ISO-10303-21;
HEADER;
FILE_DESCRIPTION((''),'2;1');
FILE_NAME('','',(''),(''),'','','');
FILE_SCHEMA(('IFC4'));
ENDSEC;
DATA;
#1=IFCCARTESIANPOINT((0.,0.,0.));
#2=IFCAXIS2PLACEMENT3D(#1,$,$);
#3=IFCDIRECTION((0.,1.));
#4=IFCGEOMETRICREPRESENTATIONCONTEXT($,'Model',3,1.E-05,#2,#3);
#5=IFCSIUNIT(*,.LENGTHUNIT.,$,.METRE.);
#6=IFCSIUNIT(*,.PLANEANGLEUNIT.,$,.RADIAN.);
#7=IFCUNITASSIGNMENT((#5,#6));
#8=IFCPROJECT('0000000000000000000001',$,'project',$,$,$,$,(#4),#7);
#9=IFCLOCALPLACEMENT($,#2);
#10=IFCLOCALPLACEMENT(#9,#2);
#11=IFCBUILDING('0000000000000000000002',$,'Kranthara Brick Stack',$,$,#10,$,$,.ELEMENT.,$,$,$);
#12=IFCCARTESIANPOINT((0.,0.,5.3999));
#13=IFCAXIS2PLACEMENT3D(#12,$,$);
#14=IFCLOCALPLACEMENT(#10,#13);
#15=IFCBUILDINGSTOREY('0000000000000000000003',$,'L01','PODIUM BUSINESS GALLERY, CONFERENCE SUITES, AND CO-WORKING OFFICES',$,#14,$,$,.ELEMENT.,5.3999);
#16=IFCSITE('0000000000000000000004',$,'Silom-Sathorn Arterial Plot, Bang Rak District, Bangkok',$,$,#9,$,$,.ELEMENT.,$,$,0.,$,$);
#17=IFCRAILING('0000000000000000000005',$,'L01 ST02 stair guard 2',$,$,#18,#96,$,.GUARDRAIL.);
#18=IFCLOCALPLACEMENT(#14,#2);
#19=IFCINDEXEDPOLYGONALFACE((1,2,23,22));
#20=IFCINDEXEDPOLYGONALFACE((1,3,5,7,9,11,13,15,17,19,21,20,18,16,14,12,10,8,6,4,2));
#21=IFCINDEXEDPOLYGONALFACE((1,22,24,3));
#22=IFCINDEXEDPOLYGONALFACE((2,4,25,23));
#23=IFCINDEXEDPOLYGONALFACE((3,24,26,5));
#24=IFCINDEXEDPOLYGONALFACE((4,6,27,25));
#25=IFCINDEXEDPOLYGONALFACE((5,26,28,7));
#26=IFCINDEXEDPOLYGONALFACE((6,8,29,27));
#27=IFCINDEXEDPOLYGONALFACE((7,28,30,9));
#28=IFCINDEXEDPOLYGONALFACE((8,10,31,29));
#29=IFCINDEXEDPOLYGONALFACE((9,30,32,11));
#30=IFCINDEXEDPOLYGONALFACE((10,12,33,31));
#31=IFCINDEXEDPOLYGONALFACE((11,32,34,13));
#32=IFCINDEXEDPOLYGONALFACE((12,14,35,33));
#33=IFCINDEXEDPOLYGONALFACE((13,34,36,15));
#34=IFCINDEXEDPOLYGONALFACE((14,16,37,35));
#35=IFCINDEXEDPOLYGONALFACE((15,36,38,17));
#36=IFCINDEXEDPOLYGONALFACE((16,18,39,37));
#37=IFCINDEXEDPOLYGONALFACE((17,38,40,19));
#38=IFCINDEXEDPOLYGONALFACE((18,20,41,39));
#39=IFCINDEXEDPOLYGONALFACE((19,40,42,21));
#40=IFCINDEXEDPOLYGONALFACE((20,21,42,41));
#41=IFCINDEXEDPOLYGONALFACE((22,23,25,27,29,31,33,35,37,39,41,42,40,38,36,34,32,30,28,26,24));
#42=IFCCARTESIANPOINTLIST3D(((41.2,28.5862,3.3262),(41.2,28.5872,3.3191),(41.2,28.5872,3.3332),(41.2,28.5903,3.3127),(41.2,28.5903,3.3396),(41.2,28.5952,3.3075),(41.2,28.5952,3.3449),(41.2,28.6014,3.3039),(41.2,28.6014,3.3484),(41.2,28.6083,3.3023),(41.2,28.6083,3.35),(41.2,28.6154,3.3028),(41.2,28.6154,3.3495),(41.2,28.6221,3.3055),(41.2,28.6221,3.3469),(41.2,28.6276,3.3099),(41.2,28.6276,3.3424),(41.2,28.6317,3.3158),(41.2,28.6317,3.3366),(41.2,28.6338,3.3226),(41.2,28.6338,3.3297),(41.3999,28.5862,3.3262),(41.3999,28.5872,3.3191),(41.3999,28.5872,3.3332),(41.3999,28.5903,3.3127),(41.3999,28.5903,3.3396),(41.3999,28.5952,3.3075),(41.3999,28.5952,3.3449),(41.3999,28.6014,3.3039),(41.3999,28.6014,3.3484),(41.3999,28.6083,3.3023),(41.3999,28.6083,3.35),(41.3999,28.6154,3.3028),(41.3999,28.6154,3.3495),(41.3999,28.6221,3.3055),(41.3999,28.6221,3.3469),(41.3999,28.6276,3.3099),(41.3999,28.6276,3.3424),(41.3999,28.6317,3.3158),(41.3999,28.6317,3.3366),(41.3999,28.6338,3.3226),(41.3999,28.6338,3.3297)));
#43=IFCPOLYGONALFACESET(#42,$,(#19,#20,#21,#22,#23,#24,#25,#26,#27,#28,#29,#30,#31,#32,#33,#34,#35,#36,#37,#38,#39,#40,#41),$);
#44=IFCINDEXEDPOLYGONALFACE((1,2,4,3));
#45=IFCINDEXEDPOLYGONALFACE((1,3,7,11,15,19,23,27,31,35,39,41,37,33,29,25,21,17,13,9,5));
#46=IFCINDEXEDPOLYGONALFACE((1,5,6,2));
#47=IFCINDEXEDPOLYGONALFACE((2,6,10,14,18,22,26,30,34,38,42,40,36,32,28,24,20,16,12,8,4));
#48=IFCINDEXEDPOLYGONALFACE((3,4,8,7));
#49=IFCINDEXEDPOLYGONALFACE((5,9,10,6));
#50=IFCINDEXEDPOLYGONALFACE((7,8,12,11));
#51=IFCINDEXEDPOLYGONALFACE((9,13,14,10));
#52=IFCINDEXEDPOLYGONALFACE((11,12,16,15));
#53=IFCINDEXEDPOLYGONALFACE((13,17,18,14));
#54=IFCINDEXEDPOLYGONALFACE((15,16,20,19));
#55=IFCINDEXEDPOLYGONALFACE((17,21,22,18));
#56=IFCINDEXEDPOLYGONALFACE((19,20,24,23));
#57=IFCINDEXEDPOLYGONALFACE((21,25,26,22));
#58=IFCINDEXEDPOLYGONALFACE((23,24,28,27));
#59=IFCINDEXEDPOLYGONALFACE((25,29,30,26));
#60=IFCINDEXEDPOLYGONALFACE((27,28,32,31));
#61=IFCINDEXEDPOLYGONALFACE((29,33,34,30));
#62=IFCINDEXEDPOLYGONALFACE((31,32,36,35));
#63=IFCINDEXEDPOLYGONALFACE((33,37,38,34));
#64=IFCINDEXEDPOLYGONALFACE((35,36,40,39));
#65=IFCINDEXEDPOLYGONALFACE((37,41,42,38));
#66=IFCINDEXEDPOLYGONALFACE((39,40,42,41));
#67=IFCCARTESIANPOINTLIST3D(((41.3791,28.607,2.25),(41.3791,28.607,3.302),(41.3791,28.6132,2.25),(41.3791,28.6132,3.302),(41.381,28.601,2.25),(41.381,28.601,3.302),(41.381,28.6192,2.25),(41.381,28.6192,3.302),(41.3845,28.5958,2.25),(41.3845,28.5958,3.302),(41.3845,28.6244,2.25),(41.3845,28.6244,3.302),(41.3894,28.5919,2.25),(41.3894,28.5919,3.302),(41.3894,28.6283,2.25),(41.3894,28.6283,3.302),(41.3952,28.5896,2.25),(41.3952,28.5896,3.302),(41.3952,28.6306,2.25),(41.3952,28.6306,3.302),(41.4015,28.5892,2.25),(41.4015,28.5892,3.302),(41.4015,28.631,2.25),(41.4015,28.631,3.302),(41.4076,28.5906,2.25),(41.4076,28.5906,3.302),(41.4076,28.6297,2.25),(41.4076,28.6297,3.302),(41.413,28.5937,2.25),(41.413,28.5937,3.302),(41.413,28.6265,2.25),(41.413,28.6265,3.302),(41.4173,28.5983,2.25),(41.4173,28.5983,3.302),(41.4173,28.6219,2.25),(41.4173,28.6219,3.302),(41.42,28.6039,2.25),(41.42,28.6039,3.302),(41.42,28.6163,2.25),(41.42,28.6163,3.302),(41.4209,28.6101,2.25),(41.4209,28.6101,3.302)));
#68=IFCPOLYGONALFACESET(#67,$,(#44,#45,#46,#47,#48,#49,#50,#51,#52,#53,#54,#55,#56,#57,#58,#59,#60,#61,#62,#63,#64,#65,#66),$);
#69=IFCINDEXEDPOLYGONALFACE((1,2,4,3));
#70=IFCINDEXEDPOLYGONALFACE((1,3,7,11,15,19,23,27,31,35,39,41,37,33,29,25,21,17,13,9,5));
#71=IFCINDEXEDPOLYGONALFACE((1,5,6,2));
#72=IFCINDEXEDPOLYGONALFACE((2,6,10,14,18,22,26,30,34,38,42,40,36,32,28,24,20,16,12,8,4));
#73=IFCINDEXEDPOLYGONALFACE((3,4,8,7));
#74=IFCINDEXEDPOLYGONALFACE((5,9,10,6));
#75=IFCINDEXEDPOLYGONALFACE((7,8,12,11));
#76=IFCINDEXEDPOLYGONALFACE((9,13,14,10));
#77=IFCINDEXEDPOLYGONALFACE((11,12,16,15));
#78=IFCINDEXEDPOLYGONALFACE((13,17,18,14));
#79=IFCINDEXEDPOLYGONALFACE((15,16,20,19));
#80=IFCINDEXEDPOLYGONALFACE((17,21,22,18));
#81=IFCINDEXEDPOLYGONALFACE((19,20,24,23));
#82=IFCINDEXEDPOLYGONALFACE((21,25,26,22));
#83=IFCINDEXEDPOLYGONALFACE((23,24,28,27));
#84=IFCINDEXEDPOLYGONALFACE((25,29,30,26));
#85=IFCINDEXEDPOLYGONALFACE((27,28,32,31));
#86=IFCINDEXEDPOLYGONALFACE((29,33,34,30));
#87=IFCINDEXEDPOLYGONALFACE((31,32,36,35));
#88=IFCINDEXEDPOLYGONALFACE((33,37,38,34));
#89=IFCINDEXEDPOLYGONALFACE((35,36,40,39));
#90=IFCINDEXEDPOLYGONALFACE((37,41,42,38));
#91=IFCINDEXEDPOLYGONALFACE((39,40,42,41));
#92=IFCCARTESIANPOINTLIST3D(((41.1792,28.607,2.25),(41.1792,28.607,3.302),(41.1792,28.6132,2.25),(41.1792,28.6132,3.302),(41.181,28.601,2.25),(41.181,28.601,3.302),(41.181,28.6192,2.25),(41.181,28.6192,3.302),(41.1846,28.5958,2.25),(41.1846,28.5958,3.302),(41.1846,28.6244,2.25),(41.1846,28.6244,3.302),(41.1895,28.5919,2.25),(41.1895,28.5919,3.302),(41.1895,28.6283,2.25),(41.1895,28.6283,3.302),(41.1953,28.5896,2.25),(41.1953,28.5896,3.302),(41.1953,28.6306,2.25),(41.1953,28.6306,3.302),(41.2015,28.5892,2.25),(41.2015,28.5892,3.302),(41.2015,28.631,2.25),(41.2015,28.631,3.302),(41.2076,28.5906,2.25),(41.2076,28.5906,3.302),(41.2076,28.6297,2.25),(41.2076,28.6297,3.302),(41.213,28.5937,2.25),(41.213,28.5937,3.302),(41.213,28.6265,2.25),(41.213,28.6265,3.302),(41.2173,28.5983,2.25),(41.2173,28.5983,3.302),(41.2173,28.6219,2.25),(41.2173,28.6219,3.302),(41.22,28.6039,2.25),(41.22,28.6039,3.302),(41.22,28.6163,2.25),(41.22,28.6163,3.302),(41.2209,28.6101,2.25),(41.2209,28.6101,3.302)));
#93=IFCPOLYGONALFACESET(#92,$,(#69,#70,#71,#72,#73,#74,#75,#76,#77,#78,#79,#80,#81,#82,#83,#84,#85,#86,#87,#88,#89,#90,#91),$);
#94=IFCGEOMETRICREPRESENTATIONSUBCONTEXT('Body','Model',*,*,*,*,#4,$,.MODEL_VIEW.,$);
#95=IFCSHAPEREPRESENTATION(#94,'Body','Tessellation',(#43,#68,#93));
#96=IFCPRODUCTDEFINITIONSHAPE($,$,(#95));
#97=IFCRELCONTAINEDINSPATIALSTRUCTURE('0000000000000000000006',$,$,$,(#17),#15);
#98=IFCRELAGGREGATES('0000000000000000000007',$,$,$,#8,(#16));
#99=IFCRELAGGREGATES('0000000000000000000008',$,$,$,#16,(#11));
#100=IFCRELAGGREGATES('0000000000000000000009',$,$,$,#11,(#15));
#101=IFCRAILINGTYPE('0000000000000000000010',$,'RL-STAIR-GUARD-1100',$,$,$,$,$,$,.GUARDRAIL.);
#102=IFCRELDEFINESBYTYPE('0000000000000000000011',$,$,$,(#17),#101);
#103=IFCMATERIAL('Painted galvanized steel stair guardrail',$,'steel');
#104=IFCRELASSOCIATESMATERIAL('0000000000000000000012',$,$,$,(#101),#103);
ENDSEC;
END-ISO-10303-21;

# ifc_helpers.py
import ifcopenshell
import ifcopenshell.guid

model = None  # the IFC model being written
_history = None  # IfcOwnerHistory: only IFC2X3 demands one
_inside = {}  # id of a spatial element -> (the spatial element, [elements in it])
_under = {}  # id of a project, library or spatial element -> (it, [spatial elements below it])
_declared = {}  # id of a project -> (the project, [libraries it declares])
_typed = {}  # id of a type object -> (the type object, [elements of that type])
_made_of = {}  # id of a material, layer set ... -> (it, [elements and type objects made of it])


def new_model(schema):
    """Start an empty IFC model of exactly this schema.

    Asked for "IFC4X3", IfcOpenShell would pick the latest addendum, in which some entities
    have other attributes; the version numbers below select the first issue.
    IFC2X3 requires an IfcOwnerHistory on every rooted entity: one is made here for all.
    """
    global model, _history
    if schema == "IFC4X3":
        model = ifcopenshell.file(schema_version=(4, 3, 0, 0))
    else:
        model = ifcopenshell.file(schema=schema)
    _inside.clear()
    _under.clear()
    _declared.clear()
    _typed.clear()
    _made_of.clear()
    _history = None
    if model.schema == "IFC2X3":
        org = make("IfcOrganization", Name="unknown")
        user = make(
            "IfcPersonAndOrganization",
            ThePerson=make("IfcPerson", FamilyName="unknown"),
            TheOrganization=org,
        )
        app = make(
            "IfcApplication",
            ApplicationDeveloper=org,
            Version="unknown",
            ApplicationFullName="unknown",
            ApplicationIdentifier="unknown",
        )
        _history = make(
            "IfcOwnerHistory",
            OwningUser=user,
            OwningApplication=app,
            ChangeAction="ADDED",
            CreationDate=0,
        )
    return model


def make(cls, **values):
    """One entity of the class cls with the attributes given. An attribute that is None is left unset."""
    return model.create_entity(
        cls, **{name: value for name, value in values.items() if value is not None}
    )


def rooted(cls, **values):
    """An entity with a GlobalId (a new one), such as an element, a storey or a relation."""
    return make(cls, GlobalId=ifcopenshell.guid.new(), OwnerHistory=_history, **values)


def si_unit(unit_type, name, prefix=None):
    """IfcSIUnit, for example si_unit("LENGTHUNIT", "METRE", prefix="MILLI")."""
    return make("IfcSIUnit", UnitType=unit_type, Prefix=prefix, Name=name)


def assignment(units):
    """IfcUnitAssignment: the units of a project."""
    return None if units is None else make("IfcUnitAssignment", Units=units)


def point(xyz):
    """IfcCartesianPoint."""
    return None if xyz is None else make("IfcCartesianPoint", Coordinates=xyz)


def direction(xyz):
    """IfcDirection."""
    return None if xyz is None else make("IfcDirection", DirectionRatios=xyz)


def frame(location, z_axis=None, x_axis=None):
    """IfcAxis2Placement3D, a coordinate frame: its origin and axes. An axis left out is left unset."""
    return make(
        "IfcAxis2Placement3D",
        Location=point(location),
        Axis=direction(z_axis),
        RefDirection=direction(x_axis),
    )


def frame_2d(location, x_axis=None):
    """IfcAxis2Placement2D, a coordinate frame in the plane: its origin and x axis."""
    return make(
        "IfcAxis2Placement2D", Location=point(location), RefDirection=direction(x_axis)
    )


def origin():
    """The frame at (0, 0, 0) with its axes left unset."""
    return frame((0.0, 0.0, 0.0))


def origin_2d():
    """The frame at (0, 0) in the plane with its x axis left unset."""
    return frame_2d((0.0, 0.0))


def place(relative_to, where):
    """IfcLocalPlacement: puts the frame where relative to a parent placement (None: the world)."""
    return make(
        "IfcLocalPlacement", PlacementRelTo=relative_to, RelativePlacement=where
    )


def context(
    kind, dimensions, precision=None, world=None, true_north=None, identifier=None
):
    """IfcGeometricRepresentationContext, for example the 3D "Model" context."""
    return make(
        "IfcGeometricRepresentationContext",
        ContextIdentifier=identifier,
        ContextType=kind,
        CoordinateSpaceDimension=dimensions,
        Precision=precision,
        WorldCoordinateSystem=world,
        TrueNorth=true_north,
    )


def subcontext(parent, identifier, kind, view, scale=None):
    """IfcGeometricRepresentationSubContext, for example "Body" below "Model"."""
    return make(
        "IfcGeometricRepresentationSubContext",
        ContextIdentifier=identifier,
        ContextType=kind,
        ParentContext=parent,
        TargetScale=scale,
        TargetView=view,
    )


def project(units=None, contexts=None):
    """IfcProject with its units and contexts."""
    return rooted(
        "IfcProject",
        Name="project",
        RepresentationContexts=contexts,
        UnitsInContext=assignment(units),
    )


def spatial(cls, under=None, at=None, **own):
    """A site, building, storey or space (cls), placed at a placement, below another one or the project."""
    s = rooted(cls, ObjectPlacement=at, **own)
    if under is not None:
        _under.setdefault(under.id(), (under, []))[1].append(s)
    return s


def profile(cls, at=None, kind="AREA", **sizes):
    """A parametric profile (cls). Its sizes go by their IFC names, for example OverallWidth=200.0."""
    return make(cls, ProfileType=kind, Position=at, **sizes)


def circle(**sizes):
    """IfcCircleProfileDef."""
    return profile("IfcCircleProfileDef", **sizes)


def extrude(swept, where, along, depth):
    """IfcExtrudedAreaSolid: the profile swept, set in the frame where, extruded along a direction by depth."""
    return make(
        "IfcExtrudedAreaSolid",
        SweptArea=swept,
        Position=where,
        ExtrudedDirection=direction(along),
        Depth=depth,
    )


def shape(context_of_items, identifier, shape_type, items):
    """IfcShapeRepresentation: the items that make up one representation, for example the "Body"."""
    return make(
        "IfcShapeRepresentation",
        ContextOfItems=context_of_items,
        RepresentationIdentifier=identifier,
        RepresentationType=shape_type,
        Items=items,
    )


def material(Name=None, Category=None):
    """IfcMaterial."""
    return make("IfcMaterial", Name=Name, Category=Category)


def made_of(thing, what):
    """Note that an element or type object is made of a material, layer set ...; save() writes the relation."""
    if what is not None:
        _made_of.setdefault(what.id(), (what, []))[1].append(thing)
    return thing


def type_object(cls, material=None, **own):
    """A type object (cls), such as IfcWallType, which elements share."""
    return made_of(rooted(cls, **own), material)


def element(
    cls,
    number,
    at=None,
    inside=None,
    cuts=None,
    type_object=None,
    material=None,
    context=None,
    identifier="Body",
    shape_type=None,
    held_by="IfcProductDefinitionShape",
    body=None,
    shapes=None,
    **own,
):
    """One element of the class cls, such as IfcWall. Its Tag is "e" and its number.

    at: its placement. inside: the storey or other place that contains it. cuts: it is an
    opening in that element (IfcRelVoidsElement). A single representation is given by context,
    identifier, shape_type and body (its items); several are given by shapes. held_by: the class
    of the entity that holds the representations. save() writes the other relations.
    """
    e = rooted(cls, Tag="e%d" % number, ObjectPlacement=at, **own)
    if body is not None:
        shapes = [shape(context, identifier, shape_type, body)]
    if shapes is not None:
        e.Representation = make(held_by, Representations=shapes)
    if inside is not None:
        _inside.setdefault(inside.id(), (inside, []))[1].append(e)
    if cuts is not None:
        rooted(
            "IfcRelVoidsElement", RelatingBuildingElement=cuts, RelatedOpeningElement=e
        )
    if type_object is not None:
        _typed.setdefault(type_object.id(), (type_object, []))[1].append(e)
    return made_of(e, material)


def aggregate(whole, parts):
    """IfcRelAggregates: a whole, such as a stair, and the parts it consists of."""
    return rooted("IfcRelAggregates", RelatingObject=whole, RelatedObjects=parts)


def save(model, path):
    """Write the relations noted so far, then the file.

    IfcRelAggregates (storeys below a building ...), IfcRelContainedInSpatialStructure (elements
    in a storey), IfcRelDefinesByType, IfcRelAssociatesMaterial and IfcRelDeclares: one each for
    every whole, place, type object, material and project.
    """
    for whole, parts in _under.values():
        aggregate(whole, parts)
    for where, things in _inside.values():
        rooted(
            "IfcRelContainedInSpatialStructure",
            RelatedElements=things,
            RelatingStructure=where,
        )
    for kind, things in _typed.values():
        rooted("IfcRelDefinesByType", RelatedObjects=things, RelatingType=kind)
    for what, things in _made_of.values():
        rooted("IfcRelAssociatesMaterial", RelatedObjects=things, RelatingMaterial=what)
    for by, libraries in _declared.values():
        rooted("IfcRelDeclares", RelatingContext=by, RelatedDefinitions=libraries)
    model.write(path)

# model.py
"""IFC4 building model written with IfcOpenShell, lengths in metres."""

from ifc_helpers import new_model, si_unit, direction, frame, origin, origin_2d, place, context, subcontext, project, spatial, circle, extrude, material, type_object, element, save


model = new_model("IFC4")

# Units and contexts
model_context = context("Model", 3, precision=1e-05, world=origin(), true_north=direction((0.0, 1.0)))
body_context = subcontext(model_context, "Body", "Model", "MODEL_VIEW")
ifc_project = project(units=[si_unit("LENGTHUNIT", "METRE"), si_unit("PLANEANGLEUNIT", "RADIAN")], contexts=[model_context])

# Site, building, storey
site_placement = place(None, origin())
site = spatial("IfcSite", under=ifc_project, at=site_placement, Name="Silom-Sathorn Arterial Plot, Bang Rak District, Bangkok", CompositionType="ELEMENT", RefElevation=0.0)
building_placement = place(site_placement, origin())
building = spatial("IfcBuilding", under=site, at=building_placement, Name="Kranthara Brick Stack", CompositionType="ELEMENT")
storey_placement = place(building_placement, frame((0.0, 0.0, 5.3999)))
storey = spatial("IfcBuildingStorey", under=building, at=storey_placement, Name="L01", Description="PODIUM BUSINESS GALLERY, CONFERENCE SUITES, AND CO-WORKING OFFICES", CompositionType="ELEMENT", Elevation=5.3999)

# Railing
ifc_material_1 = material(Name="Painted galvanized steel stair guardrail", Category="steel")
railing_type_1 = type_object("IfcRailingType", Name="RL-STAIR-GUARD-1100", PredefinedType="GUARDRAIL", material=ifc_material_1)
railing_1_placement = place(storey_placement, frame((41.3999, 28.6101, 2.25)))
element("IfcRailing", 1, at=railing_1_placement, inside=storey, type_object=railing_type_1, Name="L01 ST02 stair guard 2", PredefinedType="GUARDRAIL", context=body_context, shape_type="SweptSolid", body=[
    extrude(circle(Radius=0.0239, at=origin_2d()), frame((0.0, 0.0, 1.0762), z_axis=(-1.0, 0.0, 0.0), x_axis=(0.0, -1.0, 0.0)), (0.0, 0.0, 1.0), 0.2),
    extrude(circle(Radius=0.021, at=origin_2d()), origin(), (0.0, 0.0, 1.0), 1.052),
    extrude(circle(Radius=0.021, at=origin_2d()), frame((-0.2, 0.0, 0.0)), (0.0, 0.0, 1.0), 1.052),
])

save(model, "model.ifc")
